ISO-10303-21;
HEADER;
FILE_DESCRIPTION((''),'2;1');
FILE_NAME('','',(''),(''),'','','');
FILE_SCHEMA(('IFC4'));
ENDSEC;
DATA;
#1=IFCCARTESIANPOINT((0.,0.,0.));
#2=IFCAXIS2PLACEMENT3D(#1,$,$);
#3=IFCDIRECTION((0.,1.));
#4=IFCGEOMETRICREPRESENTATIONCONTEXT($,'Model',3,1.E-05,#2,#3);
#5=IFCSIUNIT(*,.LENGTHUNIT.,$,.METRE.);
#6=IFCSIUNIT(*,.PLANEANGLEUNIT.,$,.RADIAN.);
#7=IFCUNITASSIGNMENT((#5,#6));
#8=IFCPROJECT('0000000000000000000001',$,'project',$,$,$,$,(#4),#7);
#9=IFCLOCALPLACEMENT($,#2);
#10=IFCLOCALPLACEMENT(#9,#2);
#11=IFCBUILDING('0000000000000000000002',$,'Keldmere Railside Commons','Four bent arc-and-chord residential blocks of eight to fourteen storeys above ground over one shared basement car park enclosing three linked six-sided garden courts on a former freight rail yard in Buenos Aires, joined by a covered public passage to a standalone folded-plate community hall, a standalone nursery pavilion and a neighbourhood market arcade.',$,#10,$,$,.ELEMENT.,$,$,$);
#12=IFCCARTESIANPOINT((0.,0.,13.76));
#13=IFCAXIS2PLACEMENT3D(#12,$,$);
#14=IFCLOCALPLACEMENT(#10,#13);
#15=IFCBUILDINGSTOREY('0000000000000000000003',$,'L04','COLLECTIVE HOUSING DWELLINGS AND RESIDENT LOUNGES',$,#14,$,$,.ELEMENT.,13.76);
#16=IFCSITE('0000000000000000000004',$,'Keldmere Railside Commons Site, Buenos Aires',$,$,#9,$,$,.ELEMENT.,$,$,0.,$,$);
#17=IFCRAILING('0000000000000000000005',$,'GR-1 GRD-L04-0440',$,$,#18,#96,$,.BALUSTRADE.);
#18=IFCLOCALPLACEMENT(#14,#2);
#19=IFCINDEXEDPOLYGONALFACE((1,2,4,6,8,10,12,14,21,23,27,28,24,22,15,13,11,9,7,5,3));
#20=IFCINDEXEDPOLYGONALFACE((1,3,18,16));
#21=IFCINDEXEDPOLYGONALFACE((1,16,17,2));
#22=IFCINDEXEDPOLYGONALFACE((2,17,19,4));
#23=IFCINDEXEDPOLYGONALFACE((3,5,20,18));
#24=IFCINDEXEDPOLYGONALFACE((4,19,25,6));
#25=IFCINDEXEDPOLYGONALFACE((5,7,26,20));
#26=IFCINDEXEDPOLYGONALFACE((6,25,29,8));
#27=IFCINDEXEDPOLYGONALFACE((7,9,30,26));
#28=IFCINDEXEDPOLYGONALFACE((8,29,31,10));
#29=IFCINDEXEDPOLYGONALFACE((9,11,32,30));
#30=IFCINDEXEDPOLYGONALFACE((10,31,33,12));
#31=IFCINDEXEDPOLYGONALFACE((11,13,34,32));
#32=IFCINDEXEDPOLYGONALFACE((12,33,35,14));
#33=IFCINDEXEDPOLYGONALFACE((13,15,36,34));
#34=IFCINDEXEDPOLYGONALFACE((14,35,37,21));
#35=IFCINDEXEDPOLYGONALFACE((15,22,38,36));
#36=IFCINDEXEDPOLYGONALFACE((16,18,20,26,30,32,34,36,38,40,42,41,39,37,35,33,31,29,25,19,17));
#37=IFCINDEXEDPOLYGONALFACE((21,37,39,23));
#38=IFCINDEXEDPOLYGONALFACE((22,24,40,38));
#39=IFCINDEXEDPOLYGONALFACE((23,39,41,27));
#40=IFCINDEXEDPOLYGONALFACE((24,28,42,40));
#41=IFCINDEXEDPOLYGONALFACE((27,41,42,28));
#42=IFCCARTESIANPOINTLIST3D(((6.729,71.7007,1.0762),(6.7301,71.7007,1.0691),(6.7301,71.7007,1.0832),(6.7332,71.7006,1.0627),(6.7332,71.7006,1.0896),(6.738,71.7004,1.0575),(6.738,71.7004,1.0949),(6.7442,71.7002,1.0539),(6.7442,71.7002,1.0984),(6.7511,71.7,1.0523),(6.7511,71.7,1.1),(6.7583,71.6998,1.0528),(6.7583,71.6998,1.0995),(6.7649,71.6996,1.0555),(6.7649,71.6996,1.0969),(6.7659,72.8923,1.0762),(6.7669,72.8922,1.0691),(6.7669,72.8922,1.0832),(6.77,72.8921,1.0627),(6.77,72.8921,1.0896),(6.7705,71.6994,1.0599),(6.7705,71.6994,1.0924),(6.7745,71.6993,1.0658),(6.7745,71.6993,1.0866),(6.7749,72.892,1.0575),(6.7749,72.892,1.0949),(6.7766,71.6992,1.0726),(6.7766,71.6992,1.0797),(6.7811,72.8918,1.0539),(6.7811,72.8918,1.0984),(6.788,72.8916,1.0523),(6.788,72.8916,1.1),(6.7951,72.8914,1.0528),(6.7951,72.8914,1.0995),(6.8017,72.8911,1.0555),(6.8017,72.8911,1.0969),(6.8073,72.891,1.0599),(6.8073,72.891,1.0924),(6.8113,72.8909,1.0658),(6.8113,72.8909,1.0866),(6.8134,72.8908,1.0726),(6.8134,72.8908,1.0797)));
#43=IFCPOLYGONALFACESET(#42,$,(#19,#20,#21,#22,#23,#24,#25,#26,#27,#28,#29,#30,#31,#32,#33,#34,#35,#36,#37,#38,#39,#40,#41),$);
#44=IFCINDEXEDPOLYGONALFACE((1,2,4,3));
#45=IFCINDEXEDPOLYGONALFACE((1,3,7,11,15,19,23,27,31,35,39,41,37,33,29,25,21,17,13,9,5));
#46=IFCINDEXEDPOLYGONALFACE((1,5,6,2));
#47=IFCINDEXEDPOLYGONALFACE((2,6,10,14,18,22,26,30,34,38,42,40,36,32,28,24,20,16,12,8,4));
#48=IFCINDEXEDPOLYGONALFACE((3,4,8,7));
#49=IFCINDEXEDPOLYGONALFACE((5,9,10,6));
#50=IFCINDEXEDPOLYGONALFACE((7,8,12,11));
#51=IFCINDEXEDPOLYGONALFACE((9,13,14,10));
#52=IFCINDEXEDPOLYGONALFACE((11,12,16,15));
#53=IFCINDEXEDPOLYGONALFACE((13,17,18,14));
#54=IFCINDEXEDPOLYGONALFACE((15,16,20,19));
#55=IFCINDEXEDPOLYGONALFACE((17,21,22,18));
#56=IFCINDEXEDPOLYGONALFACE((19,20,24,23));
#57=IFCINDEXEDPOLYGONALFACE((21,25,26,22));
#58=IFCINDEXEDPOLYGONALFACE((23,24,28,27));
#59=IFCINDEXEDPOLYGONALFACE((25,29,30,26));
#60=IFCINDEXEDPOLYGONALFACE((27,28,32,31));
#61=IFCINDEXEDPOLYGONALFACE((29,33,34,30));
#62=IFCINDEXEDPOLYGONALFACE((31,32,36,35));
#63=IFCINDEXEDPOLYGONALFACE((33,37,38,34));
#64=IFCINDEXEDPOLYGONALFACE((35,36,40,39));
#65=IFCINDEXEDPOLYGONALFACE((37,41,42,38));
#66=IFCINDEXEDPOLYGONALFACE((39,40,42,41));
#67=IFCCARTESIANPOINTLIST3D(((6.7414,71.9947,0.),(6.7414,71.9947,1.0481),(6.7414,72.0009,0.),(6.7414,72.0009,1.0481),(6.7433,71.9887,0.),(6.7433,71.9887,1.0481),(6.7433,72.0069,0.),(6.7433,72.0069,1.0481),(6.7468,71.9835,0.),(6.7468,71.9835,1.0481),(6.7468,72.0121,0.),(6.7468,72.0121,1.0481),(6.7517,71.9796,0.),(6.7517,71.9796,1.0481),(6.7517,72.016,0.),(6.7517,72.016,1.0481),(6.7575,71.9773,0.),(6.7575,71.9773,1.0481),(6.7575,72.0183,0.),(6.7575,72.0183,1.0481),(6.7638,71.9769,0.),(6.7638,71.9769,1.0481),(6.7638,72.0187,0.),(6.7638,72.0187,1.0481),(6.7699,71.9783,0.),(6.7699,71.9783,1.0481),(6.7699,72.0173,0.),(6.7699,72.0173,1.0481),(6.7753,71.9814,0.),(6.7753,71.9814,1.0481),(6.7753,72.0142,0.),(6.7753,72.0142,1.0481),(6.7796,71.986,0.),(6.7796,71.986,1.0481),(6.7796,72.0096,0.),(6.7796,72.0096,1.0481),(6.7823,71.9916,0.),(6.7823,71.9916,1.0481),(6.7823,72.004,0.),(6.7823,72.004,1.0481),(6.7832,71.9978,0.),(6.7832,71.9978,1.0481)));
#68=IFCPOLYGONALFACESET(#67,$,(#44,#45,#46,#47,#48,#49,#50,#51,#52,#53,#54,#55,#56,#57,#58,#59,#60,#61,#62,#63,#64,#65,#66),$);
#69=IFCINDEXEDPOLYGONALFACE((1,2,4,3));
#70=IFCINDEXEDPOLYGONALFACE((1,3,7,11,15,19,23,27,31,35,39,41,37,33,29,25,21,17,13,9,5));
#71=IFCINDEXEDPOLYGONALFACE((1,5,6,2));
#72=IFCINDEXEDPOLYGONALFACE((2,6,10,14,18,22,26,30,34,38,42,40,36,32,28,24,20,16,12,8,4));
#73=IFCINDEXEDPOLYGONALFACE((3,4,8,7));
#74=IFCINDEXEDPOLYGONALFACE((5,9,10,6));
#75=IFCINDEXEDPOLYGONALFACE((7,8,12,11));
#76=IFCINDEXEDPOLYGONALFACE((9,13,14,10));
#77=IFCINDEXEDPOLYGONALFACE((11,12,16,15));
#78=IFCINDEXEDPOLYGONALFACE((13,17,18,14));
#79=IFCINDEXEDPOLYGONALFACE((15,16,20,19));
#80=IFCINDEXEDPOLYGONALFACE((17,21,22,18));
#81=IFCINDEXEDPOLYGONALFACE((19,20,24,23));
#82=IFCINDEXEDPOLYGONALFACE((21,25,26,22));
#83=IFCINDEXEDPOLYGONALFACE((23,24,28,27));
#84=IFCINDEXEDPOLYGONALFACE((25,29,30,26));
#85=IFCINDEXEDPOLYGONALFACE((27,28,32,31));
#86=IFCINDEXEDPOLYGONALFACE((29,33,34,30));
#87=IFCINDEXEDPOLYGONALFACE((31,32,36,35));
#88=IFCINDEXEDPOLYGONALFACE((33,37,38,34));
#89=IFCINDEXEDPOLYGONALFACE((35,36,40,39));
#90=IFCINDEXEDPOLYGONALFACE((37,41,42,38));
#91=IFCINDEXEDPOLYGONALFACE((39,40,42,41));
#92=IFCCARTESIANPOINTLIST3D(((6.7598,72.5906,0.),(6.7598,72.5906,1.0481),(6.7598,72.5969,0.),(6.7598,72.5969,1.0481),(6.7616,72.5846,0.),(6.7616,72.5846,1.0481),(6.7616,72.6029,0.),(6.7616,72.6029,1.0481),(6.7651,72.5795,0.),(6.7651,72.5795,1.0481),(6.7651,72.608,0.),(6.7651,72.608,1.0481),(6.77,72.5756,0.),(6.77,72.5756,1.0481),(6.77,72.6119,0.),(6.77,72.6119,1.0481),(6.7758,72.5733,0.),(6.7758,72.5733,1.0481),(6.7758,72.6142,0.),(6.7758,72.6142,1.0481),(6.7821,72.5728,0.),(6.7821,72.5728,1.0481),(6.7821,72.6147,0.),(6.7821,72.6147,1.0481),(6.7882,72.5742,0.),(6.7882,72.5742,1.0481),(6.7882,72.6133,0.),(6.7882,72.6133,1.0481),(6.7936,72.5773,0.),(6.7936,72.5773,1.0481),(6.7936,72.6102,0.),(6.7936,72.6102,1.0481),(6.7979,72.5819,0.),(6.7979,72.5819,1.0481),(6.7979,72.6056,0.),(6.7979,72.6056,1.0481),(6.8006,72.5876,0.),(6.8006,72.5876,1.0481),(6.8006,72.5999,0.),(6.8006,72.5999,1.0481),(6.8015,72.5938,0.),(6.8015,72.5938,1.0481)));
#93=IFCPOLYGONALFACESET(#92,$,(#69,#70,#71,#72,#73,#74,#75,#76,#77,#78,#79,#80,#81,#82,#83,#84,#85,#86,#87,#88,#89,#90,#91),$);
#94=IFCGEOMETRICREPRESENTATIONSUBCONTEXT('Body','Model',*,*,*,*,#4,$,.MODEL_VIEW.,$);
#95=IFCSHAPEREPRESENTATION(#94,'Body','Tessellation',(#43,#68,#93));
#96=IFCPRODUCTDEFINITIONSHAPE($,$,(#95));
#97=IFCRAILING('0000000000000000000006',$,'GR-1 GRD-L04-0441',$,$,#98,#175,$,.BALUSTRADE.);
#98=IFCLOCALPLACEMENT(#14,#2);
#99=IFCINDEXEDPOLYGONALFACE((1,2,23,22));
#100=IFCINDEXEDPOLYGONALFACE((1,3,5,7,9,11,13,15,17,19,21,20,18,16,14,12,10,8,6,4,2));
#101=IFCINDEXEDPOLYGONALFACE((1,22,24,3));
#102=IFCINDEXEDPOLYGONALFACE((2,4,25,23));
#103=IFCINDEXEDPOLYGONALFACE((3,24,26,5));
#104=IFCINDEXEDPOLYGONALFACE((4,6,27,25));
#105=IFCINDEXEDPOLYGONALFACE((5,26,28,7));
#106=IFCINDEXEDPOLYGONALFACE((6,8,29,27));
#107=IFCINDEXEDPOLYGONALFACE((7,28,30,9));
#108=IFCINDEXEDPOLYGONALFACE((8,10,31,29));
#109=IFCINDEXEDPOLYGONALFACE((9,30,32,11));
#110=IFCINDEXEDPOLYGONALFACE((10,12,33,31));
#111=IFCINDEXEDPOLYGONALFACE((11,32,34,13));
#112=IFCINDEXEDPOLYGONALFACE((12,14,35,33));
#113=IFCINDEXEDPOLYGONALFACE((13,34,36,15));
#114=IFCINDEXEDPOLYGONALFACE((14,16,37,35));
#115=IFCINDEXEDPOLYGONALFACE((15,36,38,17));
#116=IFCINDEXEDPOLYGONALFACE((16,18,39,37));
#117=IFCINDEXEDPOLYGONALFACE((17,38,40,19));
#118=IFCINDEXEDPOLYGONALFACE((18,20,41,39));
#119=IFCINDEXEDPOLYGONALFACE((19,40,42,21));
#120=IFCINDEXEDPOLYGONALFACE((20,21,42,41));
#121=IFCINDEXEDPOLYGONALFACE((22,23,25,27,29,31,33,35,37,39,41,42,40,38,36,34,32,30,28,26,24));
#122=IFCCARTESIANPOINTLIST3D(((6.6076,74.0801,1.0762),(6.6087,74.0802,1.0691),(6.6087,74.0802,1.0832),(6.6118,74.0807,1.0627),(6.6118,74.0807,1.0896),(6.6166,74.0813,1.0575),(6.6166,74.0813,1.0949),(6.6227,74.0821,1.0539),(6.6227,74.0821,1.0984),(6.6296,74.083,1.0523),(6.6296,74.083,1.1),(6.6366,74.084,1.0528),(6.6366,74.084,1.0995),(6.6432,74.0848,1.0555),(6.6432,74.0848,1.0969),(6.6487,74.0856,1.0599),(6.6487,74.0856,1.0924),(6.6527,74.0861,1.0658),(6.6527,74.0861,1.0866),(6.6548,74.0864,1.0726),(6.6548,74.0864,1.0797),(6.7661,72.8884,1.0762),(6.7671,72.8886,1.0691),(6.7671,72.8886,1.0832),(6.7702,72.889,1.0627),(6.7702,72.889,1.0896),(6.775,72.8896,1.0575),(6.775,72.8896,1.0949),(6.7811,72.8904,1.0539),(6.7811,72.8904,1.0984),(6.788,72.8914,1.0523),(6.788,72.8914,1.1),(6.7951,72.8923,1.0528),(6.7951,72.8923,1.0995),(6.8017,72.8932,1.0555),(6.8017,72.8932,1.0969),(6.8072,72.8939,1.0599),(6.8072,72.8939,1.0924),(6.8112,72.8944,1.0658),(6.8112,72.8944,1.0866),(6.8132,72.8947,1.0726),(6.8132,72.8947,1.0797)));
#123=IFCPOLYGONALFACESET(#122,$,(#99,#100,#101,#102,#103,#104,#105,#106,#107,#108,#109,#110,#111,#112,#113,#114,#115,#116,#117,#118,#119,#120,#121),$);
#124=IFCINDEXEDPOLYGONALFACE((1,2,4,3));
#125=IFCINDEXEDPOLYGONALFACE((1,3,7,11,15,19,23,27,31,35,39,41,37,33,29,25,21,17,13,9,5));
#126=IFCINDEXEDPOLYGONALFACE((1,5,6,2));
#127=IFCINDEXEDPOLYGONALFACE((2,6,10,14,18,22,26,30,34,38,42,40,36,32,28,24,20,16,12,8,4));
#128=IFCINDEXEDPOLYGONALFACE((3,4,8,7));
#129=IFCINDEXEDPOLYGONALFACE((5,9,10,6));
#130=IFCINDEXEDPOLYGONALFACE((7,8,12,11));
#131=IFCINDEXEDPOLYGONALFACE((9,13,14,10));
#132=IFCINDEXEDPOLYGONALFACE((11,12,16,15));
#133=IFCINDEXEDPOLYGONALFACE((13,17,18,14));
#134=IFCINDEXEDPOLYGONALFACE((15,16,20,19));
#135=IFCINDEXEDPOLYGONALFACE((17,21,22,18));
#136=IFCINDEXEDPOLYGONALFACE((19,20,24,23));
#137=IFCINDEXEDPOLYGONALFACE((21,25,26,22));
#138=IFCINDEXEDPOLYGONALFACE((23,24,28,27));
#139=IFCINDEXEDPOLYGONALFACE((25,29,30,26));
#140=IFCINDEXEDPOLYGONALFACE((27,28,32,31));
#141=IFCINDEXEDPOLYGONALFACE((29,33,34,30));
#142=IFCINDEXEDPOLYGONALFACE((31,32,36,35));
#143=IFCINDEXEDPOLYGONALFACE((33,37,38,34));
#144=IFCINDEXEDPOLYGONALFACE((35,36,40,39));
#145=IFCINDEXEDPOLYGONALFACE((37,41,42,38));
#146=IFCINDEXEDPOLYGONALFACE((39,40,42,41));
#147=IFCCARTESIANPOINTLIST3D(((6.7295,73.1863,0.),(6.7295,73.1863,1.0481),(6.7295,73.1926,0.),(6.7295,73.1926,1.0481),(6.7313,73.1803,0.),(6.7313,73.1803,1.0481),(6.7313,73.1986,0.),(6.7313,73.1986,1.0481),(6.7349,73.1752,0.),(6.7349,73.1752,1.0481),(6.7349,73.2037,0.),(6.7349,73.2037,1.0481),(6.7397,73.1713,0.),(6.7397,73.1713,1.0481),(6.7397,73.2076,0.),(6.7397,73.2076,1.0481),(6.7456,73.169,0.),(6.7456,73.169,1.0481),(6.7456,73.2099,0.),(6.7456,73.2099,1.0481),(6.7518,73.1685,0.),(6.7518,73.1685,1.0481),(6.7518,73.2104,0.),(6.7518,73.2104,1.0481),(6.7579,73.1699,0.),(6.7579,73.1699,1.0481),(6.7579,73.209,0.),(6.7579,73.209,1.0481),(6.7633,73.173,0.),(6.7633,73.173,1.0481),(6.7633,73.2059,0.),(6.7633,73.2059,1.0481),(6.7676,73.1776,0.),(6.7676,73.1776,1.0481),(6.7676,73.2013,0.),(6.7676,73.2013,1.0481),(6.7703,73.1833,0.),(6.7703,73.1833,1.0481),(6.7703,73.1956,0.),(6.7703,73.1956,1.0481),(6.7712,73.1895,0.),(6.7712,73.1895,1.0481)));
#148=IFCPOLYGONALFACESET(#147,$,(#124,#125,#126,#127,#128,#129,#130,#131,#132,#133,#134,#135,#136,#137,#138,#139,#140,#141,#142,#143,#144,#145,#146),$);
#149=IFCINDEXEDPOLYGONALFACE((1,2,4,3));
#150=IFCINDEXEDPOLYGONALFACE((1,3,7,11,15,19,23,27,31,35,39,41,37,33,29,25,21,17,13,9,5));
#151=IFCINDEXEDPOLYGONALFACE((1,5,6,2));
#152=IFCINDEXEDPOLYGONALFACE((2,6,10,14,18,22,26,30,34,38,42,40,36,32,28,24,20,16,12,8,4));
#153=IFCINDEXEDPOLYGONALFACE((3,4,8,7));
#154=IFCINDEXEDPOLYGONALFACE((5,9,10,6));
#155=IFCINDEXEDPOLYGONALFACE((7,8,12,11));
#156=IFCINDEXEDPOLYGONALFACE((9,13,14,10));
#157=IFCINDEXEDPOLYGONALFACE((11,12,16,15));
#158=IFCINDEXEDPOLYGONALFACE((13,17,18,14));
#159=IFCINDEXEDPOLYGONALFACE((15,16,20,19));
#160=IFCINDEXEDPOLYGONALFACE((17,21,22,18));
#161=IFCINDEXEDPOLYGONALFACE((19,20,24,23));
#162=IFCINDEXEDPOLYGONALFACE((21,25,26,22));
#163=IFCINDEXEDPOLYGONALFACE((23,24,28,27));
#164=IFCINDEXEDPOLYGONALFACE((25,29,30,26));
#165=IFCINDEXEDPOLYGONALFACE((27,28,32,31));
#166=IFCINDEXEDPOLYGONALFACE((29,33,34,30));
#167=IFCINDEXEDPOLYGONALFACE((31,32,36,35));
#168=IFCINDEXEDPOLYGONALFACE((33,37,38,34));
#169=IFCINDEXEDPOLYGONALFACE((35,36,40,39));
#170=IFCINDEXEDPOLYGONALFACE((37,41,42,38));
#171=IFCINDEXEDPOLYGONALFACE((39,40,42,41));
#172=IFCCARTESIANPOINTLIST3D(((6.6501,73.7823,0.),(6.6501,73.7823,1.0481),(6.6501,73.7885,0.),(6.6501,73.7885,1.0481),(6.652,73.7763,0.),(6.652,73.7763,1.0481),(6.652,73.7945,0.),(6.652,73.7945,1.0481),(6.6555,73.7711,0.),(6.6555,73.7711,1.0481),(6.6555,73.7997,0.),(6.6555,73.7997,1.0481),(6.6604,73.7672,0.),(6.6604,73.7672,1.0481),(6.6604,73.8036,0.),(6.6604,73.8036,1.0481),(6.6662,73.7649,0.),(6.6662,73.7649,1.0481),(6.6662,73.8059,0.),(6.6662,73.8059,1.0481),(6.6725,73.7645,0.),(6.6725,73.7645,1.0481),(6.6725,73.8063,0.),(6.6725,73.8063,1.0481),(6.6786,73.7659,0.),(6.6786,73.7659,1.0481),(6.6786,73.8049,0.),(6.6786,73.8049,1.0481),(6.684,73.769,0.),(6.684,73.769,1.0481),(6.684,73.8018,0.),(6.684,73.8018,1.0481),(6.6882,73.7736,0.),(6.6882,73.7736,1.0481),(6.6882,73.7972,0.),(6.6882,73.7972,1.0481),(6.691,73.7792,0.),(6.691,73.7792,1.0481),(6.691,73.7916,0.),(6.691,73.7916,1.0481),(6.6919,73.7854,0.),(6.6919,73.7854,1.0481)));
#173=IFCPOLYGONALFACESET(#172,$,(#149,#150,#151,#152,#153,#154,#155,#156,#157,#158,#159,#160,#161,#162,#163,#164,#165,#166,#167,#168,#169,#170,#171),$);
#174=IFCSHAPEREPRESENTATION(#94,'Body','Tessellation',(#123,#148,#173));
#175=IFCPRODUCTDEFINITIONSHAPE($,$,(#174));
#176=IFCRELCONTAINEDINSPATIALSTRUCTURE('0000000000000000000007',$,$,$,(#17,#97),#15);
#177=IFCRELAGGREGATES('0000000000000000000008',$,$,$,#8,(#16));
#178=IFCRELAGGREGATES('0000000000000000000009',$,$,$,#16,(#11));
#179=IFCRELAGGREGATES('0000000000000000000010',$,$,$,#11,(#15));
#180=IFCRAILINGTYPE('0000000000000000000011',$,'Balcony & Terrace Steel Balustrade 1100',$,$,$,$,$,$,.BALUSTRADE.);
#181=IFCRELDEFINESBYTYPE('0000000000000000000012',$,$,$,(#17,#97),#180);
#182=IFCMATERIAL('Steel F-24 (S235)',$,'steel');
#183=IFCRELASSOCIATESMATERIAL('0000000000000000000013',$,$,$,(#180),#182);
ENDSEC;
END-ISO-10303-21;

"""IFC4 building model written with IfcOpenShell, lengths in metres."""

from ifc_helpers import new_model, si_unit, direction, frame, origin, origin_2d, place, context, subcontext, project, spatial, circle, extrude, material, type_object, element, save


model = new_model("IFC4")

# Units and contexts
model_context = context("Model", 3, precision=1e-05, world=origin(), true_north=direction((0.0, 1.0)))
body_context = subcontext(model_context, "Body", "Model", "MODEL_VIEW")
ifc_project = project(units=[si_unit("LENGTHUNIT", "METRE"), si_unit("PLANEANGLEUNIT", "RADIAN")], contexts=[model_context])

# Site, building, storey
site_placement = place(None, origin())
site = spatial("IfcSite", under=ifc_project, at=site_placement, Name="Keldmere Railside Commons Site, Buenos Aires", CompositionType="ELEMENT", RefElevation=0.0)
building_placement = place(site_placement, origin())
building = spatial("IfcBuilding", under=site, at=building_placement, Name="Keldmere Railside Commons", Description="Four bent arc-and-chord residential blocks of eight to fourteen storeys above ground over one shared basement car park enclosing three linked six-sided garden courts on a former freight rail yard in Buenos Aires, joined by a covered public passage to a standalone folded-plate community hall, a standalone nursery pavilion and a neighbourhood market arcade.", CompositionType="ELEMENT")
storey_placement = place(building_placement, frame((0.0, 0.0, 13.76)))
storey = spatial("IfcBuildingStorey", under=building, at=storey_placement, Name="L04", Description="COLLECTIVE HOUSING DWELLINGS AND RESIDENT LOUNGES", CompositionType="ELEMENT", Elevation=13.76)

# Shared definitions
ifc_material_1 = material(Name="Steel F-24 (S235)", Category="steel")

# Railings
railing_type_1 = type_object("IfcRailingType", Name="Balcony & Terrace Steel Balustrade 1100", PredefinedType="BALUSTRADE", material=ifc_material_1)
railing_1_placement = place(storey_placement, frame((6.7529, 71.7, 0.0)))
element("IfcRailing", 1, at=railing_1_placement, inside=storey, type_object=railing_type_1, Name="GR-1 GRD-L04-0440", PredefinedType="BALUSTRADE", context=body_context, shape_type="SweptSolid", body=[
    extrude(circle(Radius=0.0239, at=origin_2d()), frame((0.0, 0.0, 1.0762), z_axis=(0.030921, 0.999522, 0.0), x_axis=(-0.999522, 0.030921, 0.0)), (0.0, 0.0, 1.0), 1.1921),
    extrude(circle(Radius=0.021, at=origin_2d()), frame((0.0093, 0.2979, 0.0)), (0.0, 0.0, 1.0), 1.0481),
    extrude(circle(Radius=0.021, at=origin_2d()), frame((0.0276, 0.8938, 0.0)), (0.0, 0.0, 1.0), 1.0481),
])
railing_2_placement = place(storey_placement, frame((6.7898, 72.8916, 0.0)))
element("IfcRailing", 2, at=railing_2_placement, inside=storey, type_object=railing_type_1, Name="GR-1 GRD-L04-0441", PredefinedType="BALUSTRADE", context=body_context, shape_type="SweptSolid", body=[
    extrude(circle(Radius=0.0239, at=origin_2d()), frame((0.0, 0.0, 1.0762), z_axis=(-0.131805, 0.991276, 0.0), x_axis=(-0.991276, -0.131805, 0.0)), (0.0, 0.0, 1.0), 1.2021),
    extrude(circle(Radius=0.021, at=origin_2d()), frame((-0.0396, 0.2979, 0.0)), (0.0, 0.0, 1.0), 1.0481),
    extrude(circle(Radius=0.021, at=origin_2d()), frame((-0.1189, 0.8938, 0.0)), (0.0, 0.0, 1.0), 1.0481),
])

save(model, "model.ifc")
